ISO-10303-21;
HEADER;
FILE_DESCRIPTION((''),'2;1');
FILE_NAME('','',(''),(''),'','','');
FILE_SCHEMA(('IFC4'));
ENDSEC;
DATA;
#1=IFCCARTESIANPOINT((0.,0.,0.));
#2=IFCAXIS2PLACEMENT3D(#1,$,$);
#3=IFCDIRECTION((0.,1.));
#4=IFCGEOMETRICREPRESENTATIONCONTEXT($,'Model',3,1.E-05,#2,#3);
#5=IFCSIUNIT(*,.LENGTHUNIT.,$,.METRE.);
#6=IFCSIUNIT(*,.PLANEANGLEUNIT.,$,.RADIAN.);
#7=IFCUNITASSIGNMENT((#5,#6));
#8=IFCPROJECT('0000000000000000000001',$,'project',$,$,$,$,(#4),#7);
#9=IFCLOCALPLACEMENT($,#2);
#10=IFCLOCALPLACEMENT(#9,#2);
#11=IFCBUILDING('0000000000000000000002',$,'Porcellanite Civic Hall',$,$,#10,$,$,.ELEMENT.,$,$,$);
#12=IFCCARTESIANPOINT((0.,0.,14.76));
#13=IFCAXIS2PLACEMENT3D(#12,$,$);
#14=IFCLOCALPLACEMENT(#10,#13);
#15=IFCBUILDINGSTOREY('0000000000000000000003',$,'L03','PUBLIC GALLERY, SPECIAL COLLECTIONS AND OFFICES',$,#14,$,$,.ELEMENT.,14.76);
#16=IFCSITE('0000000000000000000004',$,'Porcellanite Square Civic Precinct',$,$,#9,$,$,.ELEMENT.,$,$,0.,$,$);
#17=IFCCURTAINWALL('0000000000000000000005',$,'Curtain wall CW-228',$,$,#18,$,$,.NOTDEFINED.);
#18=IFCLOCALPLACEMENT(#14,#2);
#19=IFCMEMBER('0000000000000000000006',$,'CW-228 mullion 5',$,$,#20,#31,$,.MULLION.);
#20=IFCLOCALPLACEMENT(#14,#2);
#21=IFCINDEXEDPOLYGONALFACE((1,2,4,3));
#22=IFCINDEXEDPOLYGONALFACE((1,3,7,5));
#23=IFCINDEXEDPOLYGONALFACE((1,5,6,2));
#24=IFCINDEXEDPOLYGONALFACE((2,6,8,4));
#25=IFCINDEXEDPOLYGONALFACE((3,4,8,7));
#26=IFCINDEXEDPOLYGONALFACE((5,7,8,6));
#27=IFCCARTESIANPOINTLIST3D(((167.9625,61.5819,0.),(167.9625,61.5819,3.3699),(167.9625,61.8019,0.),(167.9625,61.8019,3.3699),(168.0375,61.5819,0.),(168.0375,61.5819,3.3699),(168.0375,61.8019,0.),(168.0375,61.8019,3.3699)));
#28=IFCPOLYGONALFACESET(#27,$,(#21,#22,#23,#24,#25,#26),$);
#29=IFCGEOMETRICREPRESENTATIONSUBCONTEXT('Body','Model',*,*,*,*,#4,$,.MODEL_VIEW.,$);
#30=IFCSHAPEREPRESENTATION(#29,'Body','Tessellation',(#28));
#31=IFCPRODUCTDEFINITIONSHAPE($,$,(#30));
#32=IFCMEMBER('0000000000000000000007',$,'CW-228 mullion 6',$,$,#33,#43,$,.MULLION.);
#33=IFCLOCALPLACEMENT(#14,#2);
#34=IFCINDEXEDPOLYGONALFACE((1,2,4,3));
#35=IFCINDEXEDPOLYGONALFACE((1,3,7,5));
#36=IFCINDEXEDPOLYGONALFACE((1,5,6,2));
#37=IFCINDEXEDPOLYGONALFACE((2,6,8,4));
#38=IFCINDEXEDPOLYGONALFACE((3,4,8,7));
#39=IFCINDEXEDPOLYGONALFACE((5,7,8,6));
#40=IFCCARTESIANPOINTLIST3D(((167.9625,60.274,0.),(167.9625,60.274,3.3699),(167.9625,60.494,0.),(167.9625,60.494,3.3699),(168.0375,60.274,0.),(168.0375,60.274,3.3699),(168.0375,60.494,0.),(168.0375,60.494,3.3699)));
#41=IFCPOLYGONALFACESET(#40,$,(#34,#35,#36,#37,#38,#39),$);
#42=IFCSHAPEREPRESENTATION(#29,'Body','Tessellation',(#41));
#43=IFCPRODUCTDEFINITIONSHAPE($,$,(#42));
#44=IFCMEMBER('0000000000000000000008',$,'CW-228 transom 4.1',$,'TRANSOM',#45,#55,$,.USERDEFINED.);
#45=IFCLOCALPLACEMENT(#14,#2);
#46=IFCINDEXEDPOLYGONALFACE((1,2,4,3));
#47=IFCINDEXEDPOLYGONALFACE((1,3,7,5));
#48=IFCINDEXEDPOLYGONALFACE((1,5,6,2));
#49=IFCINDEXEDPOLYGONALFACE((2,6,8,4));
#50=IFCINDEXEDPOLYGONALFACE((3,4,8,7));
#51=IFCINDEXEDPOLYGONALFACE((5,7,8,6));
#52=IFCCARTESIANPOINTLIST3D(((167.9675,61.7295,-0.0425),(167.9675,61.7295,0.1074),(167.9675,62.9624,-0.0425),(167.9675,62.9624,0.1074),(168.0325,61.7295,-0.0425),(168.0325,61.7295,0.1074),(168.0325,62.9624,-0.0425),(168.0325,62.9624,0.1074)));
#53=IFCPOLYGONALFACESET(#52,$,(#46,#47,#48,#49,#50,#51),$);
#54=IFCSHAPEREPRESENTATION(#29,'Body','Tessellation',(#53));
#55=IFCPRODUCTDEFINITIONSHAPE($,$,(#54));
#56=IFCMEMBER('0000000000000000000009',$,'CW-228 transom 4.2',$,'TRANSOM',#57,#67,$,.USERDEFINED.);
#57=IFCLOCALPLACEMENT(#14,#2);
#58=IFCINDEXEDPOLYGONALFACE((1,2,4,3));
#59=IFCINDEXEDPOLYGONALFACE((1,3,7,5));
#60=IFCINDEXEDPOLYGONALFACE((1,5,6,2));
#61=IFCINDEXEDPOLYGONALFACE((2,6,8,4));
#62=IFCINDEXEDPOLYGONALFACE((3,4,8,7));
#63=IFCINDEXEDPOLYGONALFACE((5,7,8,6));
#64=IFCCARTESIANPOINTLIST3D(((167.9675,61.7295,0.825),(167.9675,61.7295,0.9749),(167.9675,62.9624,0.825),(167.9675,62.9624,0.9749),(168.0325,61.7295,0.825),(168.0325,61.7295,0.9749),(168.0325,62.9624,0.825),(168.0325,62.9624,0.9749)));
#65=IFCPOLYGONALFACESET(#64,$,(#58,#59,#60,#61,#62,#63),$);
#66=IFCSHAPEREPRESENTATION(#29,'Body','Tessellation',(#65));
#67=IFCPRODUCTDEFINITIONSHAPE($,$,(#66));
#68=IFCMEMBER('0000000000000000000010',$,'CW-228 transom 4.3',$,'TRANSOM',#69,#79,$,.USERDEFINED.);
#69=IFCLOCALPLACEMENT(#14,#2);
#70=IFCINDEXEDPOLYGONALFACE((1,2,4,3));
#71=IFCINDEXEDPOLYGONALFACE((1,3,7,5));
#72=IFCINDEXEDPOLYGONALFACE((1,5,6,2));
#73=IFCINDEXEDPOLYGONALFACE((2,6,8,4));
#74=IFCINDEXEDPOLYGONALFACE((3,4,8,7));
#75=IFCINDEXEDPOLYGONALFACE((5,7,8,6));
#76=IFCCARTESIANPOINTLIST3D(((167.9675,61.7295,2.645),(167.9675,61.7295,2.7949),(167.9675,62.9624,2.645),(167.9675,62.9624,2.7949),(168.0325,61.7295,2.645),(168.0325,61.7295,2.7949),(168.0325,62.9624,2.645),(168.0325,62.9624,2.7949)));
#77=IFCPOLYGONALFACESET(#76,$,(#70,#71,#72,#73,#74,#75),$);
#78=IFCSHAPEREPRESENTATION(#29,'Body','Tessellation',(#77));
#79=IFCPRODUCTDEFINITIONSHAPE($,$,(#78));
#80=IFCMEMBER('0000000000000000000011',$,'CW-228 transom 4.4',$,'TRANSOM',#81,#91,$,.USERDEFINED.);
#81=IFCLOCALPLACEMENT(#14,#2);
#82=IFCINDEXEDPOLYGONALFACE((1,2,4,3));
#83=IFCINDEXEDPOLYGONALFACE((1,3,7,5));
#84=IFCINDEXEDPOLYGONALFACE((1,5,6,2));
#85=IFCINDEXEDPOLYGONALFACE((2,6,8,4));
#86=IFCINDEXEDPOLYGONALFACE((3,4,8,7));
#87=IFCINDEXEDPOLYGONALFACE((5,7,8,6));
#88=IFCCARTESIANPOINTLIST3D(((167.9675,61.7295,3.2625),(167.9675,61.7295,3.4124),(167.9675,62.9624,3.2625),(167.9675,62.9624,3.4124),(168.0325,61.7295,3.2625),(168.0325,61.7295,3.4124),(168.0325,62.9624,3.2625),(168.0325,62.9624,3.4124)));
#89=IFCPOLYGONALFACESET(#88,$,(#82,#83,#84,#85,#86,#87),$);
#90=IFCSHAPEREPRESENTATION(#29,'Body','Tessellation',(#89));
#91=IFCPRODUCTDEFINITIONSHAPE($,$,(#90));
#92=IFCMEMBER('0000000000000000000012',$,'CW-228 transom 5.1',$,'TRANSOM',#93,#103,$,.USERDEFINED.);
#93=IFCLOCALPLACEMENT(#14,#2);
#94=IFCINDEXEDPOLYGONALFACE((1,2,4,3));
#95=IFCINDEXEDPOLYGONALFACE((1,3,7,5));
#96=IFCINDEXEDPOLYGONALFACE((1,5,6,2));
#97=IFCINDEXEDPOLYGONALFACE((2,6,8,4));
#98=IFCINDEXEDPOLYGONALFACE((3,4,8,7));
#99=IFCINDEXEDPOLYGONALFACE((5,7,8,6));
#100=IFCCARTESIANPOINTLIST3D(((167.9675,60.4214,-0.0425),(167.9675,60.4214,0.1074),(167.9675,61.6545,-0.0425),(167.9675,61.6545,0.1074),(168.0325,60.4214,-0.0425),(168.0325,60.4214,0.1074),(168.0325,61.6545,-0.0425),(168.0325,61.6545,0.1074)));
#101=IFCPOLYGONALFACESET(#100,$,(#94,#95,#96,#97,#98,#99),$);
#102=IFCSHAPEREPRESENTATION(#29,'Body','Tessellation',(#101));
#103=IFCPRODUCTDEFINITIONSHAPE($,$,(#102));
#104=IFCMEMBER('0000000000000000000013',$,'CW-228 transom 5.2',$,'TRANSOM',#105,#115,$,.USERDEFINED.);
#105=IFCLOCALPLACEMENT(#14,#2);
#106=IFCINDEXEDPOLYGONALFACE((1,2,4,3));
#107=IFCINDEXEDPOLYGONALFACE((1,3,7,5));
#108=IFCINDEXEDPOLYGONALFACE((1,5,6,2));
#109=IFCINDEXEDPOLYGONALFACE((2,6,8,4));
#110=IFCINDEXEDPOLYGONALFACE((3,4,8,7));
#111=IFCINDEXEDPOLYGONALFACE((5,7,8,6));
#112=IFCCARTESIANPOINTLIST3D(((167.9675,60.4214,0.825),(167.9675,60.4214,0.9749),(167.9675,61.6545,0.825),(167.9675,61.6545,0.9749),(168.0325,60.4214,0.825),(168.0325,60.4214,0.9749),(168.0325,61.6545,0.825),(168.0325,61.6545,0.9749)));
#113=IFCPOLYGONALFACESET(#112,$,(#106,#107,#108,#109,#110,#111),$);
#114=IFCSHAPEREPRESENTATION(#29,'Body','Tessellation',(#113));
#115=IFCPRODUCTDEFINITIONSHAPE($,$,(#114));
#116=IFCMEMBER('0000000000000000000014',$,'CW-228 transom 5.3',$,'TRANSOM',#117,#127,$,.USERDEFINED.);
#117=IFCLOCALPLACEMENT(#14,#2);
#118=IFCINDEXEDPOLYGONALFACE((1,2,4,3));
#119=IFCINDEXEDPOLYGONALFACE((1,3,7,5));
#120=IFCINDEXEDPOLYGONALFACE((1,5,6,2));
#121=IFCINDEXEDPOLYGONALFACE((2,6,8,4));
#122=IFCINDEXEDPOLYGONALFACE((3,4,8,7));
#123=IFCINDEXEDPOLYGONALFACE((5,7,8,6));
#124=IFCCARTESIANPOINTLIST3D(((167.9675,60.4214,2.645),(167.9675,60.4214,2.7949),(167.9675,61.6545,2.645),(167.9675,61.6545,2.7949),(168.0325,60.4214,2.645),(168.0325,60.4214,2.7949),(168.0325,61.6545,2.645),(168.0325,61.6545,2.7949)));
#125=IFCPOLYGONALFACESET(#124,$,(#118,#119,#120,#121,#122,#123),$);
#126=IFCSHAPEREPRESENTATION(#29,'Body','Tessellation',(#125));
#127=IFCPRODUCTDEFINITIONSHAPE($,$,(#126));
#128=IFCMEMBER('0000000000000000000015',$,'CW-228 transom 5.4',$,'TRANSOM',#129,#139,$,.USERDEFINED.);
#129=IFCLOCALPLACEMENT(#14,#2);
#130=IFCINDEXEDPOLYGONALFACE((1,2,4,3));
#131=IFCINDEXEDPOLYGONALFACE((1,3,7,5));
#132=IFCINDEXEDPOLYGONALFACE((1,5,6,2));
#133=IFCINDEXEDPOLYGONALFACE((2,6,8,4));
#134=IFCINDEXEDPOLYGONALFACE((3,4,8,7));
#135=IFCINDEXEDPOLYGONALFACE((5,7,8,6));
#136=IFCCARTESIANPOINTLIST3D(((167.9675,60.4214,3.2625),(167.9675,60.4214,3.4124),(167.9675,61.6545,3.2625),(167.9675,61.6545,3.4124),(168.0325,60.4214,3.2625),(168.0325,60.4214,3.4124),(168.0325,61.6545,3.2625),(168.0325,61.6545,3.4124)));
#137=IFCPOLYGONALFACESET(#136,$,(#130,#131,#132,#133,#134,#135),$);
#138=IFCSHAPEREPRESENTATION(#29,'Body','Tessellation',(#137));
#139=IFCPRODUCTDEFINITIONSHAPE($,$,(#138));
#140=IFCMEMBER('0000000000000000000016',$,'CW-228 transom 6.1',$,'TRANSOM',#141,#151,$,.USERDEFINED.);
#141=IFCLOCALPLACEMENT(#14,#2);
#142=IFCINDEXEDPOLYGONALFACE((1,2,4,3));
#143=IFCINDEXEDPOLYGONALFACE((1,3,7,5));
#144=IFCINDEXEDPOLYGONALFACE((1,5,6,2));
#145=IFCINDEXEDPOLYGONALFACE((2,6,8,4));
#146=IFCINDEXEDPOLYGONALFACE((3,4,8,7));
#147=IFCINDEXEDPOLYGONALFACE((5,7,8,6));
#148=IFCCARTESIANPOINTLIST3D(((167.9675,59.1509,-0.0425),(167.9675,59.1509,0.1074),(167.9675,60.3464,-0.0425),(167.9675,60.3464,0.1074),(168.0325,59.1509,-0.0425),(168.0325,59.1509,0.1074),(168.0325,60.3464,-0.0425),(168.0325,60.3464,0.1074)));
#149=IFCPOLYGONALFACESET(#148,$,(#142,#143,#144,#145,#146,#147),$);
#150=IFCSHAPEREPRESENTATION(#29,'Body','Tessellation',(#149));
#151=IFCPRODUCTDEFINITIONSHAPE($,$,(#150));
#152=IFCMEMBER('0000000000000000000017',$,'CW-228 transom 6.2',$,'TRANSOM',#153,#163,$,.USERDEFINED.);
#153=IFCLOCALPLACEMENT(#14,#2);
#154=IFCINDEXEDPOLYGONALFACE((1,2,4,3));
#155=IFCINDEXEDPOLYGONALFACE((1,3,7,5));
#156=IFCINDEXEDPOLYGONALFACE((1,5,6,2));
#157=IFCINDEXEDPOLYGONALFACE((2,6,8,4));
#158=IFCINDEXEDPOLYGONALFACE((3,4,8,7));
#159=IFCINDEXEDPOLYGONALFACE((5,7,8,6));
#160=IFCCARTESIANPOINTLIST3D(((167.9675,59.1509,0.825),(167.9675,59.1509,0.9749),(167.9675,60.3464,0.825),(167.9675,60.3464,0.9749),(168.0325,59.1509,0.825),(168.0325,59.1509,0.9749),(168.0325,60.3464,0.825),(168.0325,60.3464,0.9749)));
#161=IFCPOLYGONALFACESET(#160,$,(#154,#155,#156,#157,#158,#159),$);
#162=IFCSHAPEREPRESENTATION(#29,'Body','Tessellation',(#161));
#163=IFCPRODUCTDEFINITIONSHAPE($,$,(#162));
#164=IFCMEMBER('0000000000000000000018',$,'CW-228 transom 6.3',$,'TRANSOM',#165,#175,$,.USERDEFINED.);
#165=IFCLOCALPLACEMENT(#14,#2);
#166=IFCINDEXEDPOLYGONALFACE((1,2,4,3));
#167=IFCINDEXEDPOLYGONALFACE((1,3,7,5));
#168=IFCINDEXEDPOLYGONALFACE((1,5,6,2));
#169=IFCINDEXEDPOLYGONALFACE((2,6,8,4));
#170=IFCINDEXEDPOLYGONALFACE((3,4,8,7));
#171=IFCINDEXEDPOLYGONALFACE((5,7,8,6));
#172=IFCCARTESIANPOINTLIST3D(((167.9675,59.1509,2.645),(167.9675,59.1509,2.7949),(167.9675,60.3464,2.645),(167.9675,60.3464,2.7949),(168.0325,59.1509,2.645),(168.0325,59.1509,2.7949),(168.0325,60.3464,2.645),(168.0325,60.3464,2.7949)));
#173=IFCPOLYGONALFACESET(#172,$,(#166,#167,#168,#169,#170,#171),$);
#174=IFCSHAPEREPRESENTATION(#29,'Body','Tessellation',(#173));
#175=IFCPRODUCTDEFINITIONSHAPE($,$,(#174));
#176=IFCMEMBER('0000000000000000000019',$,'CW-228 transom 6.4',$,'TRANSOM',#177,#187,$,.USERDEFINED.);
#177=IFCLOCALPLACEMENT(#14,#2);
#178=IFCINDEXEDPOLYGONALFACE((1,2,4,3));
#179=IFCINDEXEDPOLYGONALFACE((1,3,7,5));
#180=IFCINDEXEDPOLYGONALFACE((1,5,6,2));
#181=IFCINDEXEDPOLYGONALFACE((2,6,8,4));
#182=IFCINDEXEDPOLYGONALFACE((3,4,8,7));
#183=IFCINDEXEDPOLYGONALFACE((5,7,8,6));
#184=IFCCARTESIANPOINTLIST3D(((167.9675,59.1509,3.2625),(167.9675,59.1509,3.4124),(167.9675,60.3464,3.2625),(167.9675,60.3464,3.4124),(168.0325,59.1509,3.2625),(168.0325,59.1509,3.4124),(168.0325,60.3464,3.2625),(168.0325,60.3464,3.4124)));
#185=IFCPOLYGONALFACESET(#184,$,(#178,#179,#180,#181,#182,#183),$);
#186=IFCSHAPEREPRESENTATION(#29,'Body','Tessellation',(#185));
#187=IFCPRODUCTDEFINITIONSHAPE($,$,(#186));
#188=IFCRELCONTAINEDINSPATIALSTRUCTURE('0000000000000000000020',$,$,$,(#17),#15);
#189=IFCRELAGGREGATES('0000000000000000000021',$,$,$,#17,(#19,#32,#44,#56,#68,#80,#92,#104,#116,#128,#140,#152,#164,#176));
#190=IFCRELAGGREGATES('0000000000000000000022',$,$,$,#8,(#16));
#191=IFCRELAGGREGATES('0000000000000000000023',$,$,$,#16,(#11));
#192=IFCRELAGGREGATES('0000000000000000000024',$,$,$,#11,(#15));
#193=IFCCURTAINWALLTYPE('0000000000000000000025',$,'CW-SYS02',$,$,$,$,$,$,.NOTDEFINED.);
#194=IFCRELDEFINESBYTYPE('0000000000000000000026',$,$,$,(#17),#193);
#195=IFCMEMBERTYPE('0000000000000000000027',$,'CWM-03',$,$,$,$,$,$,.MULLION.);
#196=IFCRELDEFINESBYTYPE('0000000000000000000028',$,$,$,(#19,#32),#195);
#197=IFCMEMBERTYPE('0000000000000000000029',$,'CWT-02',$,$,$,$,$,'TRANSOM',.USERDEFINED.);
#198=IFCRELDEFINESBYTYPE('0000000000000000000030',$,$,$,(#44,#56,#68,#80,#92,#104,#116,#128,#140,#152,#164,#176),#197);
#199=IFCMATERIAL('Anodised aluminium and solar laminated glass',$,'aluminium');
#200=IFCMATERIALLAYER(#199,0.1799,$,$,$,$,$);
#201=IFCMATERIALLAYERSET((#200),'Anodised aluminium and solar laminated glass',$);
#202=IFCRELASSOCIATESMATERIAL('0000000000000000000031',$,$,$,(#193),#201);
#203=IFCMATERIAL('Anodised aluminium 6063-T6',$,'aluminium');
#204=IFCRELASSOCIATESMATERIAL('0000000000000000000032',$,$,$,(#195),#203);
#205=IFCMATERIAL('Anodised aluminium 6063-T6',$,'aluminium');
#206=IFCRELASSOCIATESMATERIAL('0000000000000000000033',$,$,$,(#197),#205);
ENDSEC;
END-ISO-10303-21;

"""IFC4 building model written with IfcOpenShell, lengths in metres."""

from ifc_helpers import new_model, si_unit, direction, frame, origin, origin_2d, place, context, subcontext, project, spatial, rectangle, extrude, material, layer, layer_set, material_profile, profile_set, type_object, element, aggregate, save


model = new_model("IFC4")

# Units and contexts
model_context = context("Model", 3, precision=1e-05, world=origin(), true_north=direction((0.0, 1.0)))
body_context = subcontext(model_context, "Body", "Model", "MODEL_VIEW")
ifc_project = project(units=[si_unit("LENGTHUNIT", "METRE"), si_unit("PLANEANGLEUNIT", "RADIAN")], contexts=[model_context])

# Site, building, storey
site_placement = place(None, origin())
site = spatial("IfcSite", under=ifc_project, at=site_placement, Name="Porcellanite Square Civic Precinct", CompositionType="ELEMENT", RefElevation=0.0)
building_placement = place(site_placement, origin())
building = spatial("IfcBuilding", under=site, at=building_placement, Name="Porcellanite Civic Hall", CompositionType="ELEMENT")
storey_placement = place(building_placement, frame((0.0, 0.0, 14.76)))
storey = spatial("IfcBuildingStorey", under=building, at=storey_placement, Name="L03", Description="PUBLIC GALLERY, SPECIAL COLLECTIONS AND OFFICES", CompositionType="ELEMENT", Elevation=14.76)

# Curtain wall, members
ifc_material_1 = material(Name="Anodised aluminium and solar laminated glass", Category="aluminium")
ifc_layer_1 = layer(ifc_material_1, 0.1799)
ifc_layer_set_1 = layer_set([ifc_layer_1], Name="Anodised aluminium and solar laminated glass")
curtain_wall_type = type_object("IfcCurtainWallType", Name="CW-SYS02", PredefinedType="NOTDEFINED", material=ifc_layer_set_1)
curtain_wall_placement = place(storey_placement, origin())
curtain_wall = element("IfcCurtainWall", 1, at=curtain_wall_placement, inside=storey, type_object=curtain_wall_type, Name="Curtain wall CW-228", PredefinedType="NOTDEFINED")
ifc_material_2 = material(Name="Anodised aluminium 6063-T6", Category="aluminium")
ifc_material_profile_1 = material_profile(ifc_material_2, rectangle(XDim=0.075, YDim=0.22, at=origin_2d()), Name="AL-75x220")
ifc_profile_set_1 = profile_set([ifc_material_profile_1], Name="Anodised aluminium 6063-T6")
member_type_1 = type_object("IfcMemberType", Name="CWM-03", PredefinedType="MULLION", material=ifc_profile_set_1)
member_1_placement = place(storey_placement, frame((168.0, 61.6919, 0.0), z_axis=(0.0, 0.0, 1.0), x_axis=(1.0, 0.0, 0.0)))
member_1 = element("IfcMember", 2, at=member_1_placement, type_object=member_type_1, Name="CW-228 mullion 5", PredefinedType="MULLION", context=body_context, shape_type="SweptSolid", body=[
    extrude(rectangle(XDim=0.075, YDim=0.22, at=origin_2d()), origin(), (0.0, 0.0, 1.0), 3.3699),
])
member_2_placement = place(storey_placement, frame((168.0, 60.384, 0.0), z_axis=(0.0, 0.0, 1.0), x_axis=(1.0, 0.0, 0.0)))
member_2 = element("IfcMember", 3, at=member_2_placement, type_object=member_type_1, Name="CW-228 mullion 6", PredefinedType="MULLION", context=body_context, shape_type="SweptSolid", body=[
    extrude(rectangle(XDim=0.075, YDim=0.22, at=origin_2d()), origin(), (0.0, 0.0, 1.0), 3.3699),
])
ifc_material_3 = material(Name="Anodised aluminium 6063-T6", Category="aluminium")
ifc_material_profile_2 = material_profile(ifc_material_3, rectangle(XDim=0.0649, YDim=0.1499, at=origin_2d()), Name="AL-65x150")
ifc_profile_set_2 = profile_set([ifc_material_profile_2], Name="Anodised aluminium 6063-T6")
member_type_2 = type_object("IfcMemberType", Name="CWT-02", ElementType="TRANSOM", PredefinedType="USERDEFINED", material=ifc_profile_set_2)
member_3_placement = place(storey_placement, frame((168.0, 62.9624, 0.0325), z_axis=(0.0, -1.0, 0.0), x_axis=(1.0, 0.0, 0.0)))
member_3 = element("IfcMember", 4, at=member_3_placement, type_object=member_type_2, Name="CW-228 transom 4.1", ObjectType="TRANSOM", PredefinedType="USERDEFINED", context=body_context, shape_type="SweptSolid", body=[
    extrude(rectangle(XDim=0.0649, YDim=0.1499, at=origin_2d()), origin(), (0.0, 0.0, 1.0), 1.2329),
])
member_4_placement = place(storey_placement, frame((168.0, 62.9624, 0.8999), z_axis=(0.0, -1.0, 0.0), x_axis=(1.0, 0.0, 0.0)))
member_4 = element("IfcMember", 5, at=member_4_placement, type_object=member_type_2, Name="CW-228 transom 4.2", ObjectType="TRANSOM", PredefinedType="USERDEFINED", context=body_context, shape_type="SweptSolid", body=[
    extrude(rectangle(XDim=0.0649, YDim=0.1499, at=origin_2d()), origin(), (0.0, 0.0, 1.0), 1.2329),
])
member_5_placement = place(storey_placement, frame((168.0, 62.9624, 2.72), z_axis=(0.0, -1.0, 0.0), x_axis=(1.0, 0.0, 0.0)))
member_5 = element("IfcMember", 6, at=member_5_placement, type_object=member_type_2, Name="CW-228 transom 4.3", ObjectType="TRANSOM", PredefinedType="USERDEFINED", context=body_context, shape_type="SweptSolid", body=[
    extrude(rectangle(XDim=0.0649, YDim=0.1499, at=origin_2d()), origin(), (0.0, 0.0, 1.0), 1.2329),
])
member_6_placement = place(storey_placement, frame((168.0, 62.9624, 3.3374), z_axis=(0.0, -1.0, 0.0), x_axis=(1.0, 0.0, 0.0)))
member_6 = element("IfcMember", 7, at=member_6_placement, type_object=member_type_2, Name="CW-228 transom 4.4", ObjectType="TRANSOM", PredefinedType="USERDEFINED", context=body_context, shape_type="SweptSolid", body=[
    extrude(rectangle(XDim=0.0649, YDim=0.1499, at=origin_2d()), origin(), (0.0, 0.0, 1.0), 1.2329),
])
member_7_placement = place(storey_placement, frame((168.0, 61.6545, 0.0325), z_axis=(0.0, -1.0, 0.0), x_axis=(1.0, 0.0, 0.0)))
member_7 = element("IfcMember", 8, at=member_7_placement, type_object=member_type_2, Name="CW-228 transom 5.1", ObjectType="TRANSOM", PredefinedType="USERDEFINED", context=body_context, shape_type="SweptSolid", body=[
    extrude(rectangle(XDim=0.0649, YDim=0.1499, at=origin_2d()), origin(), (0.0, 0.0, 1.0), 1.2332),
])
member_8_placement = place(storey_placement, frame((168.0, 61.6545, 0.8999), z_axis=(0.0, -1.0, 0.0), x_axis=(1.0, 0.0, 0.0)))
member_8 = element("IfcMember", 9, at=member_8_placement, type_object=member_type_2, Name="CW-228 transom 5.2", ObjectType="TRANSOM", PredefinedType="USERDEFINED", context=body_context, shape_type="SweptSolid", body=[
    extrude(rectangle(XDim=0.0649, YDim=0.1499, at=origin_2d()), origin(), (0.0, 0.0, 1.0), 1.2332),
])
member_9_placement = place(storey_placement, frame((168.0, 61.6545, 2.72), z_axis=(0.0, -1.0, 0.0), x_axis=(1.0, 0.0, 0.0)))
member_9 = element("IfcMember", 10, at=member_9_placement, type_object=member_type_2, Name="CW-228 transom 5.3", ObjectType="TRANSOM", PredefinedType="USERDEFINED", context=body_context, shape_type="SweptSolid", body=[
    extrude(rectangle(XDim=0.0649, YDim=0.1499, at=origin_2d()), origin(), (0.0, 0.0, 1.0), 1.2332),
])
member_10_placement = place(storey_placement, frame((168.0, 61.6545, 3.3374), z_axis=(0.0, -1.0, 0.0), x_axis=(1.0, 0.0, 0.0)))
member_10 = element("IfcMember", 11, at=member_10_placement, type_object=member_type_2, Name="CW-228 transom 5.4", ObjectType="TRANSOM", PredefinedType="USERDEFINED", context=body_context, shape_type="SweptSolid", body=[
    extrude(rectangle(XDim=0.0649, YDim=0.1499, at=origin_2d()), origin(), (0.0, 0.0, 1.0), 1.2332),
])
member_11_placement = place(storey_placement, frame((168.0, 60.3464, 0.0325), z_axis=(0.0, -1.0, 0.0), x_axis=(1.0, 0.0, 0.0)))
member_11 = element("IfcMember", 12, at=member_11_placement, type_object=member_type_2, Name="CW-228 transom 6.1", ObjectType="TRANSOM", PredefinedType="USERDEFINED", context=body_context, shape_type="SweptSolid", body=[
    extrude(rectangle(XDim=0.0649, YDim=0.1499, at=origin_2d()), origin(), (0.0, 0.0, 1.0), 1.1956),
])
member_12_placement = place(storey_placement, frame((168.0, 60.3464, 0.8999), z_axis=(0.0, -1.0, 0.0), x_axis=(1.0, 0.0, 0.0)))
member_12 = element("IfcMember", 13, at=member_12_placement, type_object=member_type_2, Name="CW-228 transom 6.2", ObjectType="TRANSOM", PredefinedType="USERDEFINED", context=body_context, shape_type="SweptSolid", body=[
    extrude(rectangle(XDim=0.0649, YDim=0.1499, at=origin_2d()), origin(), (0.0, 0.0, 1.0), 1.1956),
])
member_13_placement = place(storey_placement, frame((168.0, 60.3464, 2.72), z_axis=(0.0, -1.0, 0.0), x_axis=(1.0, 0.0, 0.0)))
member_13 = element("IfcMember", 14, at=member_13_placement, type_object=member_type_2, Name="CW-228 transom 6.3", ObjectType="TRANSOM", PredefinedType="USERDEFINED", context=body_context, shape_type="SweptSolid", body=[
    extrude(rectangle(XDim=0.0649, YDim=0.1499, at=origin_2d()), origin(), (0.0, 0.0, 1.0), 1.1956),
])
member_14_placement = place(storey_placement, frame((168.0, 60.3464, 3.3374), z_axis=(0.0, -1.0, 0.0), x_axis=(1.0, 0.0, 0.0)))
member_14 = element("IfcMember", 15, at=member_14_placement, type_object=member_type_2, Name="CW-228 transom 6.4", ObjectType="TRANSOM", PredefinedType="USERDEFINED", context=body_context, shape_type="SweptSolid", body=[
    extrude(rectangle(XDim=0.0649, YDim=0.1499, at=origin_2d()), origin(), (0.0, 0.0, 1.0), 1.1956),
])

aggregate(curtain_wall, [member_1, member_2, member_3, member_4, member_5, member_6, member_7, member_8, member_9, member_10, member_11, member_12, member_13, member_14])

save(model, "model.ifc")
